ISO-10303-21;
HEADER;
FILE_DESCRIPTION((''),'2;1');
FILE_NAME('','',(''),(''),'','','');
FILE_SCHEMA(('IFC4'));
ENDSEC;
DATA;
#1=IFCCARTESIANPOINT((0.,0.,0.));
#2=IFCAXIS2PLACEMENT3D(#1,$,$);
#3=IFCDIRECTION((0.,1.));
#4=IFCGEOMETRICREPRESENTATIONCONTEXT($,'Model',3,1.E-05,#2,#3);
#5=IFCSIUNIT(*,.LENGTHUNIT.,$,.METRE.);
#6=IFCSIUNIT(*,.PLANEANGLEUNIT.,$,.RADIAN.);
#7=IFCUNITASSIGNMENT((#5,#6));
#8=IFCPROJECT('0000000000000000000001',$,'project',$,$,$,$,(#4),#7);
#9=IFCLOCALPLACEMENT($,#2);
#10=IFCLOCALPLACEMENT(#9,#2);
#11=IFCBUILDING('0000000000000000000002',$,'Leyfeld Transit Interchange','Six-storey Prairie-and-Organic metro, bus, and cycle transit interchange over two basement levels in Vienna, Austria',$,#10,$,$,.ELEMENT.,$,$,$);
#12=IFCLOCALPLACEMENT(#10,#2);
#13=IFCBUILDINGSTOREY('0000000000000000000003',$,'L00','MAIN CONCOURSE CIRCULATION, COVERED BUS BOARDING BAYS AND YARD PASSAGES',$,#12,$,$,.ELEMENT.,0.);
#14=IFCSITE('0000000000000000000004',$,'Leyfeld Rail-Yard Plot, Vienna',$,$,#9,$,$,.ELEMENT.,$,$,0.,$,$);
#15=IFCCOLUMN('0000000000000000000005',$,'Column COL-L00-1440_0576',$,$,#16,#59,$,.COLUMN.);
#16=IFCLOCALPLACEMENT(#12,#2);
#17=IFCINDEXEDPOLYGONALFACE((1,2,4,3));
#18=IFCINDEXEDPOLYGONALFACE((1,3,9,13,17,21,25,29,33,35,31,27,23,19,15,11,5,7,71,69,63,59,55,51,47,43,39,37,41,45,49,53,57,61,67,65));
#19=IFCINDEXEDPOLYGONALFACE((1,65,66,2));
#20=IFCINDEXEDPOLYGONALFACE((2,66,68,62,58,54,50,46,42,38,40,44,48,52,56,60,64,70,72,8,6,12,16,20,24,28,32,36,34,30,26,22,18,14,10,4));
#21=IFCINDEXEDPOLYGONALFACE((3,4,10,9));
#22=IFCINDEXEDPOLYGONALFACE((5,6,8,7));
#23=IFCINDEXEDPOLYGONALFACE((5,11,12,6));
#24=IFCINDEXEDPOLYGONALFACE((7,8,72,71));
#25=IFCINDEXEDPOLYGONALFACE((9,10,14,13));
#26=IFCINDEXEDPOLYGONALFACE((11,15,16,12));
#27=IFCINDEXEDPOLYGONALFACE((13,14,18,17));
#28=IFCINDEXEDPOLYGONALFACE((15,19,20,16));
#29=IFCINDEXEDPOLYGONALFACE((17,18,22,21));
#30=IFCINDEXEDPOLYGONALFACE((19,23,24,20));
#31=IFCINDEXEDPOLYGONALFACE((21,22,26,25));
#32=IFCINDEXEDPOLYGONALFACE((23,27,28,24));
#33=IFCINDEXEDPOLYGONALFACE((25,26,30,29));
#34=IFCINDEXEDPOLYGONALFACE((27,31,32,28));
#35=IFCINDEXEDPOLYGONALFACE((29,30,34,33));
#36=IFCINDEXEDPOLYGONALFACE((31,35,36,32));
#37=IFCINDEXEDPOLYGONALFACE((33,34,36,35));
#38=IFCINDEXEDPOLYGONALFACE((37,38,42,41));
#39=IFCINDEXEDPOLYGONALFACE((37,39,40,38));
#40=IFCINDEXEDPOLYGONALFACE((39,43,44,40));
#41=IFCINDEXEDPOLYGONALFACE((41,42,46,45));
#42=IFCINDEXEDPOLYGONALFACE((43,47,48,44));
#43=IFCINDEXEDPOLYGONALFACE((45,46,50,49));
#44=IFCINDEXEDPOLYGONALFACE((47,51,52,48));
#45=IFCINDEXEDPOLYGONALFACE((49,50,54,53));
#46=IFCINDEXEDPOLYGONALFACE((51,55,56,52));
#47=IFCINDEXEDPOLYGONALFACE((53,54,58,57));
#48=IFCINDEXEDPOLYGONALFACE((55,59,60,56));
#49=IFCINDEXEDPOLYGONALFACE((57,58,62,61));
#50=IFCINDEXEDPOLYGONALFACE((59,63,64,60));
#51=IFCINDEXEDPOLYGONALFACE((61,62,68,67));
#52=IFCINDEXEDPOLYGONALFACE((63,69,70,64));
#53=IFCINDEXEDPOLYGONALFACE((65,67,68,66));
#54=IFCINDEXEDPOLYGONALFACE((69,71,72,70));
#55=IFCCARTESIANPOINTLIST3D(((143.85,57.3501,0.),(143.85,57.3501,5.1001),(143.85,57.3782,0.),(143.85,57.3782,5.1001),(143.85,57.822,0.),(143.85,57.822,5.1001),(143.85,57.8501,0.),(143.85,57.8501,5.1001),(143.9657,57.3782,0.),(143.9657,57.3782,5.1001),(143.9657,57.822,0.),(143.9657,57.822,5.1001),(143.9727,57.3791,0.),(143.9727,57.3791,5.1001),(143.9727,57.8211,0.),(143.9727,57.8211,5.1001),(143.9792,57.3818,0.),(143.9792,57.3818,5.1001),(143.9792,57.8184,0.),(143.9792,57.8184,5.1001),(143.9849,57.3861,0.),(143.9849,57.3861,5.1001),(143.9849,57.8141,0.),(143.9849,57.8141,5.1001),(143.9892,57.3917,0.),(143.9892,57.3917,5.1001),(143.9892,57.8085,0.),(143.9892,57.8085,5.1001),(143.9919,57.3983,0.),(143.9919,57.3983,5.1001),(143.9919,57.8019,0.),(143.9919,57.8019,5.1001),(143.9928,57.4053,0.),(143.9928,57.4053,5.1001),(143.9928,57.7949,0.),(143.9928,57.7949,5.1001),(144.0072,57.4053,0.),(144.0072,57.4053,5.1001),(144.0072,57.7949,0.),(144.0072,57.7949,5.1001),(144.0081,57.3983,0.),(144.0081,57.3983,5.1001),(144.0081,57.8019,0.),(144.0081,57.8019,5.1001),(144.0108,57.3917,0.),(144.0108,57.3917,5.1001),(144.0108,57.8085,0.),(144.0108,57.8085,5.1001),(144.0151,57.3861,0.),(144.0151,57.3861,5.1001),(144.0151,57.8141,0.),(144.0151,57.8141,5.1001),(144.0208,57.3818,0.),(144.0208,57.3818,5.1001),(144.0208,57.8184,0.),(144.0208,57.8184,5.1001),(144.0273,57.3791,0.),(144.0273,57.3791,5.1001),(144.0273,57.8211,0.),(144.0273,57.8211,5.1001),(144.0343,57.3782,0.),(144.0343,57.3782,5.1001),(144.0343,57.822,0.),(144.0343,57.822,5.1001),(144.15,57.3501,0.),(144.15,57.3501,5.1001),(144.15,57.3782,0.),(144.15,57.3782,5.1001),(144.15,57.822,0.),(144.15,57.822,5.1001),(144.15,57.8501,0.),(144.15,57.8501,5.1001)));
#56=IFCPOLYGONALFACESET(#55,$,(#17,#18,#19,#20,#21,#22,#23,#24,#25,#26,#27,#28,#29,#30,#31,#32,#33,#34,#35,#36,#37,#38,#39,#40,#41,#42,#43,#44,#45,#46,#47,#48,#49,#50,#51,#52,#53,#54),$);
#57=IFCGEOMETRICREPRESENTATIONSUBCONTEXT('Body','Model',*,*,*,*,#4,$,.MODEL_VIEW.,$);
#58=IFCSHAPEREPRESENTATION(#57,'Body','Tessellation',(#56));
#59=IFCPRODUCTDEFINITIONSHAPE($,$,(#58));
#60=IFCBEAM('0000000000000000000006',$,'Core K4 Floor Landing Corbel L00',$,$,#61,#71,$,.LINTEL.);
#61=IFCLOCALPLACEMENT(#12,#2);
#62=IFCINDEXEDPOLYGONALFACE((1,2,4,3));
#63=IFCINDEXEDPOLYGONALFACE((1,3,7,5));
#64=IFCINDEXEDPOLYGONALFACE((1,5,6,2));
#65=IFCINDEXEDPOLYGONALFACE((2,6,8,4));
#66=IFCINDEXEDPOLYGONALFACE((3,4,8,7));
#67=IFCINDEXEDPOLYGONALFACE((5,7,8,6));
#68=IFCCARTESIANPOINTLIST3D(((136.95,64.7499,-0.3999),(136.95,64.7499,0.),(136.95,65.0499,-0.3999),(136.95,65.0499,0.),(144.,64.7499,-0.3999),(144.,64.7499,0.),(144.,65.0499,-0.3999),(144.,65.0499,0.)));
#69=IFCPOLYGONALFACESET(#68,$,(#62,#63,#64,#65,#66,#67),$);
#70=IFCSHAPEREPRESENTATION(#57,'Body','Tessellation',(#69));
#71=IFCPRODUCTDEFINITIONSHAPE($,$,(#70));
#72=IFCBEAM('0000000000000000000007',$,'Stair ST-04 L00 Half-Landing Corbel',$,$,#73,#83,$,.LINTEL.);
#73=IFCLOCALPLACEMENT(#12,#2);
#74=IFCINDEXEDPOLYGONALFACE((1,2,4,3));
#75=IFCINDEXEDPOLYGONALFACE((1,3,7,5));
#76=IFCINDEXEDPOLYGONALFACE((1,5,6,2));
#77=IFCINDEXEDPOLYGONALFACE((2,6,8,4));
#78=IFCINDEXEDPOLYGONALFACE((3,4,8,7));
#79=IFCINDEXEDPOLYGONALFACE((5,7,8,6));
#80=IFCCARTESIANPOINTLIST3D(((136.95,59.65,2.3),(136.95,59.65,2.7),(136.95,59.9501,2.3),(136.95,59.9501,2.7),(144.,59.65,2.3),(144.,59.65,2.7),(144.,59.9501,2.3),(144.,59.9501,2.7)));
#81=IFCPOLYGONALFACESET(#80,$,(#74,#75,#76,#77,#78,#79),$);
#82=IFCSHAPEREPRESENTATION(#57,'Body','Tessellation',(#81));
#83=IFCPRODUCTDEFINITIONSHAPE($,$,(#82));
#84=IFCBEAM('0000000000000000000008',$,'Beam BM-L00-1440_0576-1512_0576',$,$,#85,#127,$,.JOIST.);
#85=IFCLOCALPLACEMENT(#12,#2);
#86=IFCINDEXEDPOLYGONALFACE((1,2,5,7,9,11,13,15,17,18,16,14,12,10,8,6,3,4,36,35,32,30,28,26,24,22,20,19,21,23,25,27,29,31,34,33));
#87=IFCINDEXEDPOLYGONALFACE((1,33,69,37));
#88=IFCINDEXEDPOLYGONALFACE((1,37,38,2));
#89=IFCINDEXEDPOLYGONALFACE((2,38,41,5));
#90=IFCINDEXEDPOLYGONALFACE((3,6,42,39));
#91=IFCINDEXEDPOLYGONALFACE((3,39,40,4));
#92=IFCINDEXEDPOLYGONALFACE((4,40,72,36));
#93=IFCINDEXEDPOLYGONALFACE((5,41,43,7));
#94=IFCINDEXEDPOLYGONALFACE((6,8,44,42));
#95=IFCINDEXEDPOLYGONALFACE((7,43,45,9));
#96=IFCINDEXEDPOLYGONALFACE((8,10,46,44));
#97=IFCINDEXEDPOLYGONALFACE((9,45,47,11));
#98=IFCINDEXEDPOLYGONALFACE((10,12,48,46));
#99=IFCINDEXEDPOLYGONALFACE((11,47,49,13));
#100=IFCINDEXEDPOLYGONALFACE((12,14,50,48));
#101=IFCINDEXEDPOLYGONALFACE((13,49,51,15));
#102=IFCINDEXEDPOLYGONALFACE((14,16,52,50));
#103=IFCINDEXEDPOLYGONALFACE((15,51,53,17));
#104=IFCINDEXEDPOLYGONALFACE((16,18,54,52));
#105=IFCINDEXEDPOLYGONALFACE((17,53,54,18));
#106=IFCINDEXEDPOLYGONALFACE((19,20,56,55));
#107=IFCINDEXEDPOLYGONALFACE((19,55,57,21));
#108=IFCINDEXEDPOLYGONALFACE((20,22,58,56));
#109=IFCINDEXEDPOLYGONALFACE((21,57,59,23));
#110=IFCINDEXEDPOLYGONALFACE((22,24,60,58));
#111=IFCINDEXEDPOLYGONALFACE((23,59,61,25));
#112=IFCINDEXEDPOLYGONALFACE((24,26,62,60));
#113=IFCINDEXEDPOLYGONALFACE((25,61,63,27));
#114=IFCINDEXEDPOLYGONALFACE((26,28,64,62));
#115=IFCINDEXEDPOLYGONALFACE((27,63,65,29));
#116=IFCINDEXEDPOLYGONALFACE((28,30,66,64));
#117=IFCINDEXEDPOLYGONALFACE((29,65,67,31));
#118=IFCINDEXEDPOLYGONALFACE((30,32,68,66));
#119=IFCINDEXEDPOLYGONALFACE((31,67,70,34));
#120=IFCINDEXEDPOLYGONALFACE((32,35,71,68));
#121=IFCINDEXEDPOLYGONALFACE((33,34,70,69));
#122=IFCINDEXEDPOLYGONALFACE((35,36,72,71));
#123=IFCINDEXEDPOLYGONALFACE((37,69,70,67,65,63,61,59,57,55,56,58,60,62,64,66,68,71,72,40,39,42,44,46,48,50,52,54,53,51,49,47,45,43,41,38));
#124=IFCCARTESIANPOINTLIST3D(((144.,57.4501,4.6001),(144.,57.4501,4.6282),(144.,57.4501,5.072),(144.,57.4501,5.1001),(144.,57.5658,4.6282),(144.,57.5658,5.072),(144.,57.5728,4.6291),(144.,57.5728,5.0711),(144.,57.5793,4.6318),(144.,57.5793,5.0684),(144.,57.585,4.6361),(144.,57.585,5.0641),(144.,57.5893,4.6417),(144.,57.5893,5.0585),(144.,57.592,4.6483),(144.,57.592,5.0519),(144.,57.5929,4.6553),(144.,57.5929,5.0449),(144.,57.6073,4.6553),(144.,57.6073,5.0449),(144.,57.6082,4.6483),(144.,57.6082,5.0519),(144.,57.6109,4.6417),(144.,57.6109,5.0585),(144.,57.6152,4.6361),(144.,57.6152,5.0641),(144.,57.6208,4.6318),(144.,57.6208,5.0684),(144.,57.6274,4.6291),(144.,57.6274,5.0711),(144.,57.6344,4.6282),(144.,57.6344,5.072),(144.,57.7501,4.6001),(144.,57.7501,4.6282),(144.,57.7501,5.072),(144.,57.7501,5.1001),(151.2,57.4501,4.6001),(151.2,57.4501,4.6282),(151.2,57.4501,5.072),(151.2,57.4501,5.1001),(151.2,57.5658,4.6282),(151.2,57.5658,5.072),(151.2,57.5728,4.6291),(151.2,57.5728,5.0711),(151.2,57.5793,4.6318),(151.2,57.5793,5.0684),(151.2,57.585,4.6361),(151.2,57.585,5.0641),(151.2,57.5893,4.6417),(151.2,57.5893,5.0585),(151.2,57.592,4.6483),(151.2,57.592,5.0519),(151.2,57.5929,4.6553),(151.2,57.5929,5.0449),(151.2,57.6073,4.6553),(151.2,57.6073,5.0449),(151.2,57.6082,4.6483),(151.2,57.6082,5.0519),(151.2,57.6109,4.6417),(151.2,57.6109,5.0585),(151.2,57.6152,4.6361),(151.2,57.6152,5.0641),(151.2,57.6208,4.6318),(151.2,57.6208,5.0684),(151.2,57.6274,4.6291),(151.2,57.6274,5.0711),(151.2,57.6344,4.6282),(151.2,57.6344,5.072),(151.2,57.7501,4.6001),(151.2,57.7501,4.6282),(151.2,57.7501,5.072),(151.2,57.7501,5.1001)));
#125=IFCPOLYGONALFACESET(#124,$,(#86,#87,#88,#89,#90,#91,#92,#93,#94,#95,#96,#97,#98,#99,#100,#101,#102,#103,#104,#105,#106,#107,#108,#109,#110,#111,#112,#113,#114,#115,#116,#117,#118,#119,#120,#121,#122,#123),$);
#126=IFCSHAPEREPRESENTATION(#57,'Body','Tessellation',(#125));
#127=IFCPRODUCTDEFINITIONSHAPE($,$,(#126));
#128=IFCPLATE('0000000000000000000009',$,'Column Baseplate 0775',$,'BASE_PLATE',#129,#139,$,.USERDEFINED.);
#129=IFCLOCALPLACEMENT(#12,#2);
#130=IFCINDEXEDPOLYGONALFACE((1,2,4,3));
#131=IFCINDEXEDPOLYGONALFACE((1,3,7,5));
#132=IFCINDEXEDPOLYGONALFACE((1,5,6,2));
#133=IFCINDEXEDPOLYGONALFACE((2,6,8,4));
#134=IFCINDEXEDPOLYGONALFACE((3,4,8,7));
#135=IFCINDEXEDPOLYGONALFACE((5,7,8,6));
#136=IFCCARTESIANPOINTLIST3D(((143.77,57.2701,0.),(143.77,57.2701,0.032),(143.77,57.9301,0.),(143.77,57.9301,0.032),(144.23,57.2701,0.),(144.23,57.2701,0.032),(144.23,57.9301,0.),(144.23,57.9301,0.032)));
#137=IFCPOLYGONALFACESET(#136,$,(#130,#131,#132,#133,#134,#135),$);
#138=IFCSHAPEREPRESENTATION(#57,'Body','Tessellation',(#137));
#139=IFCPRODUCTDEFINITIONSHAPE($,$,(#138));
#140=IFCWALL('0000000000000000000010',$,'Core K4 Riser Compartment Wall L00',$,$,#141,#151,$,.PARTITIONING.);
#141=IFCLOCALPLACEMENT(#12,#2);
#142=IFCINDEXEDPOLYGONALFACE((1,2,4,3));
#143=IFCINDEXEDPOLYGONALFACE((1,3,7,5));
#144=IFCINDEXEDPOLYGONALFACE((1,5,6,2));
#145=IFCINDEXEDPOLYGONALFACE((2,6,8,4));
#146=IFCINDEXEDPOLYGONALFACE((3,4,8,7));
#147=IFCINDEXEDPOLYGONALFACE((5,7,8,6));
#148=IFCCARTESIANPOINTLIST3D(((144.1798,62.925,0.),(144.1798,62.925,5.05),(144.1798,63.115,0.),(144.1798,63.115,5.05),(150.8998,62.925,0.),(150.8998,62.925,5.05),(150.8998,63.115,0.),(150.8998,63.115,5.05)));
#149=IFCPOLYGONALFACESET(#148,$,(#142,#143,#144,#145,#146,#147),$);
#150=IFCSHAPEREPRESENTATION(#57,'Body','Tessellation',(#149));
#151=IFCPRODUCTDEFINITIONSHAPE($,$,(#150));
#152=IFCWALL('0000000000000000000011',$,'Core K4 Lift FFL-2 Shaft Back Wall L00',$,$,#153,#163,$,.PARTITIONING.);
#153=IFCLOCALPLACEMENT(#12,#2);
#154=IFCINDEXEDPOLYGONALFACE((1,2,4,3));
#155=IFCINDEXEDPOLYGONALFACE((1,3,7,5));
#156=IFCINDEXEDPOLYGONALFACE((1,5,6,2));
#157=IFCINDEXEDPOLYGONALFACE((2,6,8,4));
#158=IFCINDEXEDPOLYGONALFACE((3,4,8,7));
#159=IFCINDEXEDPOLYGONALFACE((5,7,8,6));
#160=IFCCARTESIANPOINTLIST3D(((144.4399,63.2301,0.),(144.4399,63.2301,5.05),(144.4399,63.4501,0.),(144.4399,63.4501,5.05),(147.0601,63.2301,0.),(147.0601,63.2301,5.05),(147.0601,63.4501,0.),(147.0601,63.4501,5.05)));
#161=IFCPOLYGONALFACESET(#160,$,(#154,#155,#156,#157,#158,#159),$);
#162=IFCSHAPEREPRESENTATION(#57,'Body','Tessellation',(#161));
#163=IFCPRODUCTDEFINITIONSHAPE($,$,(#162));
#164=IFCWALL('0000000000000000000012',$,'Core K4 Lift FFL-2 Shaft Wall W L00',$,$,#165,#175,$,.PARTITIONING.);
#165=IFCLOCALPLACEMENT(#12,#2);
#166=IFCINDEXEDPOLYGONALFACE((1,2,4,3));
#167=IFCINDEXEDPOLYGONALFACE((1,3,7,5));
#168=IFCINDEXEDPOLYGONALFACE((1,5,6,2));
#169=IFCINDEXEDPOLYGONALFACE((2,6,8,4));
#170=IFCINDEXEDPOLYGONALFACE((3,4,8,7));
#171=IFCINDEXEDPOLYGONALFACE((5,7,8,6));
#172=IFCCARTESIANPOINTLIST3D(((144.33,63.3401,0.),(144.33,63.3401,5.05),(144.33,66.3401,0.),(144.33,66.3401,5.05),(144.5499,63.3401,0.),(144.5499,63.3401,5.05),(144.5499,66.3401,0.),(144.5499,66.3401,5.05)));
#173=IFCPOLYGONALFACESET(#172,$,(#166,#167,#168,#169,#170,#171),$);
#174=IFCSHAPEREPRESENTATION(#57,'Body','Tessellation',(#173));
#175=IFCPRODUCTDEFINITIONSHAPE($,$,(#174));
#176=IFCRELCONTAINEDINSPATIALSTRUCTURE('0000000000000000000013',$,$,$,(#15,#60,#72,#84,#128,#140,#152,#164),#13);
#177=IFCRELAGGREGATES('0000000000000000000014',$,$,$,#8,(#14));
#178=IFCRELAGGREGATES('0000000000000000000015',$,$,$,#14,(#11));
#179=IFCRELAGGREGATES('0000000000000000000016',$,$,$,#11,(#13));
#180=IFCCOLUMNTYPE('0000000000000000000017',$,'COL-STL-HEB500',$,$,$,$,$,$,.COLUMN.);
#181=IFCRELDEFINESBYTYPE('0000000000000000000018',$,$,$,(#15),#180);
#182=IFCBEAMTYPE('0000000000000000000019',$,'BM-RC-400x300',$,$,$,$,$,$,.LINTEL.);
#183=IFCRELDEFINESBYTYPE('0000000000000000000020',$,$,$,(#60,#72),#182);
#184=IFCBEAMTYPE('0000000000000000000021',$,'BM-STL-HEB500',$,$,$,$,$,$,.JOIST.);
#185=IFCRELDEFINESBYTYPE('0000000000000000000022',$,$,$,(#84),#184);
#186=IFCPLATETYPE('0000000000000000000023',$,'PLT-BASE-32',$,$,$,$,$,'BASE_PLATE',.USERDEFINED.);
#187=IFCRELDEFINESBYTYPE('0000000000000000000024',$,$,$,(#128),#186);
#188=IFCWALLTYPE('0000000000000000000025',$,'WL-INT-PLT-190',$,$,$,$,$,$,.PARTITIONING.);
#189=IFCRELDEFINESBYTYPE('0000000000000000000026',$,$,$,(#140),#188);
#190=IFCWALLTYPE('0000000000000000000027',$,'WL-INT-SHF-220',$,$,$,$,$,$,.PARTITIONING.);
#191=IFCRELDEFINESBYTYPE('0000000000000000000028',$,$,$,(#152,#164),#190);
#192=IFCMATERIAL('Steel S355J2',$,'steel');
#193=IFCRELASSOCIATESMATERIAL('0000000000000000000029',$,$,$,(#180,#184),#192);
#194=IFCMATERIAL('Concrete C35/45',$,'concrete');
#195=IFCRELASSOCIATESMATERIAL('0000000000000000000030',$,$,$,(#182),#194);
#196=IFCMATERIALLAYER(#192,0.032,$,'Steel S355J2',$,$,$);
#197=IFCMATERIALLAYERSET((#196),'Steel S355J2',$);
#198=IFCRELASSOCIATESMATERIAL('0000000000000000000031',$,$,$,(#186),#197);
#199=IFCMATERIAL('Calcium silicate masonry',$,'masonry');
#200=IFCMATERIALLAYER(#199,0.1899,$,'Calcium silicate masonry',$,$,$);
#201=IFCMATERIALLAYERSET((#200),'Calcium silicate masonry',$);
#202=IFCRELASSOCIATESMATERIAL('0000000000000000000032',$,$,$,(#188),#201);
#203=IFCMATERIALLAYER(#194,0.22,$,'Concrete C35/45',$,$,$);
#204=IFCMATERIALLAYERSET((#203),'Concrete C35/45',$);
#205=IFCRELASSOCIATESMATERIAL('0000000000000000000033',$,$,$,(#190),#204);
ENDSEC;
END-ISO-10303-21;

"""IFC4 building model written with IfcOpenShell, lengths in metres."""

from ifc_helpers import new_model, si_unit, direction, frame, frame_2d, origin, origin_2d, place, context, subcontext, project, spatial, rectangle, i_section, extrude, material, layer, layer_set, material_profile, profile_set, type_object, element, save


model = new_model("IFC4")

# Units and contexts
model_context = context("Model", 3, precision=1e-05, world=origin(), true_north=direction((0.0, 1.0)))
body_context = subcontext(model_context, "Body", "Model", "MODEL_VIEW")
ifc_project = project(units=[si_unit("LENGTHUNIT", "METRE"), si_unit("PLANEANGLEUNIT", "RADIAN")], contexts=[model_context])

# Site, building, storey
site_placement = place(None, origin())
site = spatial("IfcSite", under=ifc_project, at=site_placement, Name="Leyfeld Rail-Yard Plot, Vienna", CompositionType="ELEMENT", RefElevation=0.0)
building_placement = place(site_placement, origin())
building = spatial("IfcBuilding", under=site, at=building_placement, Name="Leyfeld Transit Interchange", Description="Six-storey Prairie-and-Organic metro, bus, and cycle transit interchange over two basement levels in Vienna, Austria", CompositionType="ELEMENT")
storey_placement = place(building_placement, origin())
storey = spatial("IfcBuildingStorey", under=building, at=storey_placement, Name="L00", Description="MAIN CONCOURSE CIRCULATION, COVERED BUS BOARDING BAYS AND YARD PASSAGES", CompositionType="ELEMENT", Elevation=0.0)

# Column
ifc_material_1 = material(Name="Steel S355J2", Category="steel")
ifc_material_profile_1 = material_profile(ifc_material_1, i_section(OverallWidth=0.3, OverallDepth=0.5, WebThickness=0.0144, FlangeThickness=0.0281, FilletRadius=0.0271, at=origin_2d()), Name="HEB 500")
ifc_profile_set_1 = profile_set([ifc_material_profile_1], Name="Steel S355J2")
column_type = type_object("IfcColumnType", Name="COL-STL-HEB500", PredefinedType="COLUMN", material=ifc_profile_set_1)
column_placement = place(storey_placement, frame((144.0, 57.6001, 0.0), z_axis=(0.0, 0.0, 1.0), x_axis=(1.0, 0.0, 0.0)))
element("IfcColumn", 1, at=column_placement, inside=storey, type_object=column_type, Name="Column COL-L00-1440_0576", PredefinedType="COLUMN", context=body_context, shape_type="SweptSolid", body=[
    extrude(i_section(OverallWidth=0.3, OverallDepth=0.5, WebThickness=0.0144, FlangeThickness=0.0281, FilletRadius=0.0271, at=origin_2d()), origin(), (0.0, 0.0, 1.0), 5.1001),
])

# Beams
ifc_material_2 = material(Name="Concrete C35/45", Category="concrete")
ifc_material_profile_2 = material_profile(ifc_material_2, rectangle(XDim=0.3, YDim=0.3999, at=origin_2d()), Name="RC 400x300")
ifc_profile_set_2 = profile_set([ifc_material_profile_2], Name="Concrete C35/45")
beam_type_1 = type_object("IfcBeamType", Name="BM-RC-400x300", PredefinedType="LINTEL", material=ifc_profile_set_2)
for number, where, z_axis, x_axis, name in (
    (2, (136.95, 64.8999, -0.2), (1.0, 0.0, 0.0), (0.0, 1.0, 0.0), "Core K4 Floor Landing Corbel L00"),
    (3, (136.95, 59.8, 2.5), (1.0, 0.0, 0.0), (0.0, 1.0, 0.0), "Stair ST-04 L00 Half-Landing Corbel"),
):
    element("IfcBeam", number, at=place(storey_placement, frame(where, z_axis=z_axis, x_axis=x_axis)), inside=storey, type_object=beam_type_1, Name=name, PredefinedType="LINTEL", context=body_context, shape_type="SweptSolid", body=[
        extrude(rectangle(XDim=0.3, YDim=0.3999, at=origin_2d()), origin(), (0.0, 0.0, 1.0), 7.05),
    ])
ifc_material_profile_3 = material_profile(ifc_material_1, i_section(OverallWidth=0.3, OverallDepth=0.5, WebThickness=0.0144, FlangeThickness=0.0281, FilletRadius=0.0271, at=origin_2d()), Name="HEB 500")
ifc_profile_set_3 = profile_set([ifc_material_profile_3], Name="Steel S355J2")
beam_type_2 = type_object("IfcBeamType", Name="BM-STL-HEB500", PredefinedType="JOIST", material=ifc_profile_set_3)
beam_placement = place(storey_placement, frame((144.0, 57.6001, 4.8501), z_axis=(1.0, 0.0, 0.0), x_axis=(0.0, 1.0, 0.0)))
element("IfcBeam", 4, at=beam_placement, inside=storey, type_object=beam_type_2, Name="Beam BM-L00-1440_0576-1512_0576", PredefinedType="JOIST", context=body_context, shape_type="SweptSolid", body=[
    extrude(i_section(OverallWidth=0.3, OverallDepth=0.5, WebThickness=0.0144, FlangeThickness=0.0281, FilletRadius=0.0271, at=origin_2d()), origin(), (0.0, 0.0, 1.0), 7.2),
])

# Plate
ifc_layer_1 = layer(ifc_material_1, 0.032, Name="Steel S355J2")
ifc_layer_set_1 = layer_set([ifc_layer_1], Name="Steel S355J2")
plate_type = type_object("IfcPlateType", Name="PLT-BASE-32", ElementType="BASE_PLATE", PredefinedType="USERDEFINED", material=ifc_layer_set_1)
plate_placement = place(storey_placement, frame((144.0, 57.6001, 0.0), z_axis=(0.0, 0.0, 1.0), x_axis=(1.0, 0.0, 0.0)))
element("IfcPlate", 5, at=plate_placement, inside=storey, type_object=plate_type, Name="Column Baseplate 0775", ObjectType="BASE_PLATE", PredefinedType="USERDEFINED", context=body_context, shape_type="SweptSolid", body=[
    extrude(rectangle(XDim=0.46, YDim=0.6599, at=origin_2d()), origin(), (0.0, 0.0, 1.0), 0.032),
])

# Walls
ifc_material_3 = material(Name="Calcium silicate masonry", Category="masonry")
ifc_layer_2 = layer(ifc_material_3, 0.1899, Name="Calcium silicate masonry")
ifc_layer_set_2 = layer_set([ifc_layer_2], Name="Calcium silicate masonry")
wall_type_1 = type_object("IfcWallType", Name="WL-INT-PLT-190", PredefinedType="PARTITIONING", material=ifc_layer_set_2)
wall_1_placement = place(storey_placement, frame((144.1799, 63.02, 0.0), z_axis=(0.0, 0.0, 1.0), x_axis=(1.0, 0.0, 0.0)))
element("IfcWall", 6, at=wall_1_placement, inside=storey, type_object=wall_type_1, Name="Core K4 Riser Compartment Wall L00", PredefinedType="PARTITIONING", context=body_context, shape_type="SweptSolid", body=[
    extrude(rectangle(XDim=6.72, YDim=0.1899, at=frame_2d((3.3599, 0.0))), origin(), (0.0, 0.0, 1.0), 5.05),
])
ifc_layer_3 = layer(ifc_material_2, 0.22, Name="Concrete C35/45")
ifc_layer_set_3 = layer_set([ifc_layer_3], Name="Concrete C35/45")
wall_type_2 = type_object("IfcWallType", Name="WL-INT-SHF-220", PredefinedType="PARTITIONING", material=ifc_layer_set_3)
wall_2_placement = place(storey_placement, frame((144.4399, 63.3401, 0.0), z_axis=(0.0, 0.0, 1.0), x_axis=(1.0, 0.0, 0.0)))
element("IfcWall", 7, at=wall_2_placement, inside=storey, type_object=wall_type_2, Name="Core K4 Lift FFL-2 Shaft Back Wall L00", PredefinedType="PARTITIONING", context=body_context, shape_type="SweptSolid", body=[
    extrude(rectangle(XDim=2.6201, YDim=0.22, at=frame_2d((1.3101, 0.0))), origin(), (0.0, 0.0, 1.0), 5.05),
])
wall_3_placement = place(storey_placement, frame((144.4399, 63.3401, 0.0), z_axis=(0.0, 0.0, 1.0), x_axis=(0.0, 1.0, 0.0)))
element("IfcWall", 8, at=wall_3_placement, inside=storey, type_object=wall_type_2, Name="Core K4 Lift FFL-2 Shaft Wall W L00", PredefinedType="PARTITIONING", context=body_context, shape_type="SweptSolid", body=[
    extrude(rectangle(XDim=3.0, YDim=0.22, at=frame_2d((1.5, 0.0))), origin(), (0.0, 0.0, 1.0), 5.05),
])

save(model, "model.ifc")
